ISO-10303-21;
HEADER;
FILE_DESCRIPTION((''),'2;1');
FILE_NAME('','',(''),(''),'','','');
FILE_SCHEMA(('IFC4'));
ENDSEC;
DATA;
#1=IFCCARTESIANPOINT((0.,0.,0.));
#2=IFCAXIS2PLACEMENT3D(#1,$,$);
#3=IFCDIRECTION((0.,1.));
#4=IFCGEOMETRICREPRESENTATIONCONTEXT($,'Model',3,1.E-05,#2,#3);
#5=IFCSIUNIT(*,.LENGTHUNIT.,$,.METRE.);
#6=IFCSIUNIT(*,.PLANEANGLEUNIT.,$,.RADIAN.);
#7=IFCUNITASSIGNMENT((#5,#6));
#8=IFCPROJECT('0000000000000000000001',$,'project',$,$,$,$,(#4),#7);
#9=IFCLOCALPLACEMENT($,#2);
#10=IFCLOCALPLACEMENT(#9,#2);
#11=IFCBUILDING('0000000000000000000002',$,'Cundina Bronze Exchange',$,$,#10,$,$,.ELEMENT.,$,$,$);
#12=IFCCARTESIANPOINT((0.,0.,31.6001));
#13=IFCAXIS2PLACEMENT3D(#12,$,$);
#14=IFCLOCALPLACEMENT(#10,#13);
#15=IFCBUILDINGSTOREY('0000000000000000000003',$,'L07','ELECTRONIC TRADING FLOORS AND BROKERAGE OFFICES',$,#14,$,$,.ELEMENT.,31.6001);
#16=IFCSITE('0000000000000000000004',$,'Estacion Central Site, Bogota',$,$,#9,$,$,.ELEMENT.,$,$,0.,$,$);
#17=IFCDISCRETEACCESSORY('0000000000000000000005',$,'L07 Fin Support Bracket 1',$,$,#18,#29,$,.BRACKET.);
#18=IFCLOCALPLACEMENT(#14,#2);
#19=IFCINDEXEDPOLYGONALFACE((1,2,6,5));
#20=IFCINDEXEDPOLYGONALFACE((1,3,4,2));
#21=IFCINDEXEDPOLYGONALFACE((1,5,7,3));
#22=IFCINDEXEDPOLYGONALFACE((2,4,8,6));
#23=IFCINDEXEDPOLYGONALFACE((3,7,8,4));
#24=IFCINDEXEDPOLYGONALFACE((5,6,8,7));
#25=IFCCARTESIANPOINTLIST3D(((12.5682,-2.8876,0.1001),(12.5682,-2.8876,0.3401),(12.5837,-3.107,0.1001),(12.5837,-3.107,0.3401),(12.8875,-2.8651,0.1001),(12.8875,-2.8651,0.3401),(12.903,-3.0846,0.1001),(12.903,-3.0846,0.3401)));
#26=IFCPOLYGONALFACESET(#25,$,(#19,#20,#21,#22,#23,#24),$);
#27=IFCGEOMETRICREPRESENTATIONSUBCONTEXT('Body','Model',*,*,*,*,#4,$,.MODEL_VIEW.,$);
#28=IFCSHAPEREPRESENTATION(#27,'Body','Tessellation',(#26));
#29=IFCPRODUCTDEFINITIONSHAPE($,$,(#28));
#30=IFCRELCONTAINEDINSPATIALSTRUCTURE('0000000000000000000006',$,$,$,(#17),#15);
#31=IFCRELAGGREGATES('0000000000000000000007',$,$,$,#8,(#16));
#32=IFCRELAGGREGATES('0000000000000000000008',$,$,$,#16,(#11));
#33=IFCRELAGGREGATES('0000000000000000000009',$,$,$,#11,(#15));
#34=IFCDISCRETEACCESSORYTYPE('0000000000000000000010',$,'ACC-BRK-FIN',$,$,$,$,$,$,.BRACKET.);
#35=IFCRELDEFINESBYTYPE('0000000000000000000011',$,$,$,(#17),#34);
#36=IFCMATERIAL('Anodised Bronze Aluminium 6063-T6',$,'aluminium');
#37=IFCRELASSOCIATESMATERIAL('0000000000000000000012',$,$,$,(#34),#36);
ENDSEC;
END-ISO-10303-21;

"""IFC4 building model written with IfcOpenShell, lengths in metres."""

from ifc_helpers import new_model, si_unit, direction, frame, origin, origin_2d, place, context, subcontext, project, spatial, rectangle, extrude, material, type_object, element, save


model = new_model("IFC4")

# Units and contexts
model_context = context("Model", 3, precision=1e-05, world=origin(), true_north=direction((0.0, 1.0)))
body_context = subcontext(model_context, "Body", "Model", "MODEL_VIEW")
ifc_project = project(units=[si_unit("LENGTHUNIT", "METRE"), si_unit("PLANEANGLEUNIT", "RADIAN")], contexts=[model_context])

# Site, building, storey
site_placement = place(None, origin())
site = spatial("IfcSite", under=ifc_project, at=site_placement, Name="Estacion Central Site, Bogota", CompositionType="ELEMENT", RefElevation=0.0)
building_placement = place(site_placement, origin())
building = spatial("IfcBuilding", under=site, at=building_placement, Name="Cundina Bronze Exchange", CompositionType="ELEMENT")
storey_placement = place(building_placement, frame((0.0, 0.0, 31.6001)))
storey = spatial("IfcBuildingStorey", under=building, at=storey_placement, Name="L07", Description="ELECTRONIC TRADING FLOORS AND BROKERAGE OFFICES", CompositionType="ELEMENT", Elevation=31.6001)

# Shared definitions
ifc_material_1 = material(Name="Anodised Bronze Aluminium 6063-T6", Category="aluminium")

# Discrete accessory
discrete_accessory_type = type_object("IfcDiscreteAccessoryType", Name="ACC-BRK-FIN", PredefinedType="BRACKET", material=ifc_material_1)
discrete_accessory_placement = place(storey_placement, frame((12.7356, -2.9861, 0.1001), z_axis=(0.0, 0.0, 1.0), x_axis=(0.070279, -0.997527, 0.0)))
element("IfcDiscreteAccessory", 1, at=discrete_accessory_placement, inside=storey, type_object=discrete_accessory_type, Name="L07 Fin Support Bracket 1", PredefinedType="BRACKET", context=body_context, shape_type="SweptSolid", body=[
    extrude(rectangle(XDim=0.22, YDim=0.3201, at=origin_2d()), origin(), (0.0, 0.0, 1.0), 0.24),
])

save(model, "model.ifc")
